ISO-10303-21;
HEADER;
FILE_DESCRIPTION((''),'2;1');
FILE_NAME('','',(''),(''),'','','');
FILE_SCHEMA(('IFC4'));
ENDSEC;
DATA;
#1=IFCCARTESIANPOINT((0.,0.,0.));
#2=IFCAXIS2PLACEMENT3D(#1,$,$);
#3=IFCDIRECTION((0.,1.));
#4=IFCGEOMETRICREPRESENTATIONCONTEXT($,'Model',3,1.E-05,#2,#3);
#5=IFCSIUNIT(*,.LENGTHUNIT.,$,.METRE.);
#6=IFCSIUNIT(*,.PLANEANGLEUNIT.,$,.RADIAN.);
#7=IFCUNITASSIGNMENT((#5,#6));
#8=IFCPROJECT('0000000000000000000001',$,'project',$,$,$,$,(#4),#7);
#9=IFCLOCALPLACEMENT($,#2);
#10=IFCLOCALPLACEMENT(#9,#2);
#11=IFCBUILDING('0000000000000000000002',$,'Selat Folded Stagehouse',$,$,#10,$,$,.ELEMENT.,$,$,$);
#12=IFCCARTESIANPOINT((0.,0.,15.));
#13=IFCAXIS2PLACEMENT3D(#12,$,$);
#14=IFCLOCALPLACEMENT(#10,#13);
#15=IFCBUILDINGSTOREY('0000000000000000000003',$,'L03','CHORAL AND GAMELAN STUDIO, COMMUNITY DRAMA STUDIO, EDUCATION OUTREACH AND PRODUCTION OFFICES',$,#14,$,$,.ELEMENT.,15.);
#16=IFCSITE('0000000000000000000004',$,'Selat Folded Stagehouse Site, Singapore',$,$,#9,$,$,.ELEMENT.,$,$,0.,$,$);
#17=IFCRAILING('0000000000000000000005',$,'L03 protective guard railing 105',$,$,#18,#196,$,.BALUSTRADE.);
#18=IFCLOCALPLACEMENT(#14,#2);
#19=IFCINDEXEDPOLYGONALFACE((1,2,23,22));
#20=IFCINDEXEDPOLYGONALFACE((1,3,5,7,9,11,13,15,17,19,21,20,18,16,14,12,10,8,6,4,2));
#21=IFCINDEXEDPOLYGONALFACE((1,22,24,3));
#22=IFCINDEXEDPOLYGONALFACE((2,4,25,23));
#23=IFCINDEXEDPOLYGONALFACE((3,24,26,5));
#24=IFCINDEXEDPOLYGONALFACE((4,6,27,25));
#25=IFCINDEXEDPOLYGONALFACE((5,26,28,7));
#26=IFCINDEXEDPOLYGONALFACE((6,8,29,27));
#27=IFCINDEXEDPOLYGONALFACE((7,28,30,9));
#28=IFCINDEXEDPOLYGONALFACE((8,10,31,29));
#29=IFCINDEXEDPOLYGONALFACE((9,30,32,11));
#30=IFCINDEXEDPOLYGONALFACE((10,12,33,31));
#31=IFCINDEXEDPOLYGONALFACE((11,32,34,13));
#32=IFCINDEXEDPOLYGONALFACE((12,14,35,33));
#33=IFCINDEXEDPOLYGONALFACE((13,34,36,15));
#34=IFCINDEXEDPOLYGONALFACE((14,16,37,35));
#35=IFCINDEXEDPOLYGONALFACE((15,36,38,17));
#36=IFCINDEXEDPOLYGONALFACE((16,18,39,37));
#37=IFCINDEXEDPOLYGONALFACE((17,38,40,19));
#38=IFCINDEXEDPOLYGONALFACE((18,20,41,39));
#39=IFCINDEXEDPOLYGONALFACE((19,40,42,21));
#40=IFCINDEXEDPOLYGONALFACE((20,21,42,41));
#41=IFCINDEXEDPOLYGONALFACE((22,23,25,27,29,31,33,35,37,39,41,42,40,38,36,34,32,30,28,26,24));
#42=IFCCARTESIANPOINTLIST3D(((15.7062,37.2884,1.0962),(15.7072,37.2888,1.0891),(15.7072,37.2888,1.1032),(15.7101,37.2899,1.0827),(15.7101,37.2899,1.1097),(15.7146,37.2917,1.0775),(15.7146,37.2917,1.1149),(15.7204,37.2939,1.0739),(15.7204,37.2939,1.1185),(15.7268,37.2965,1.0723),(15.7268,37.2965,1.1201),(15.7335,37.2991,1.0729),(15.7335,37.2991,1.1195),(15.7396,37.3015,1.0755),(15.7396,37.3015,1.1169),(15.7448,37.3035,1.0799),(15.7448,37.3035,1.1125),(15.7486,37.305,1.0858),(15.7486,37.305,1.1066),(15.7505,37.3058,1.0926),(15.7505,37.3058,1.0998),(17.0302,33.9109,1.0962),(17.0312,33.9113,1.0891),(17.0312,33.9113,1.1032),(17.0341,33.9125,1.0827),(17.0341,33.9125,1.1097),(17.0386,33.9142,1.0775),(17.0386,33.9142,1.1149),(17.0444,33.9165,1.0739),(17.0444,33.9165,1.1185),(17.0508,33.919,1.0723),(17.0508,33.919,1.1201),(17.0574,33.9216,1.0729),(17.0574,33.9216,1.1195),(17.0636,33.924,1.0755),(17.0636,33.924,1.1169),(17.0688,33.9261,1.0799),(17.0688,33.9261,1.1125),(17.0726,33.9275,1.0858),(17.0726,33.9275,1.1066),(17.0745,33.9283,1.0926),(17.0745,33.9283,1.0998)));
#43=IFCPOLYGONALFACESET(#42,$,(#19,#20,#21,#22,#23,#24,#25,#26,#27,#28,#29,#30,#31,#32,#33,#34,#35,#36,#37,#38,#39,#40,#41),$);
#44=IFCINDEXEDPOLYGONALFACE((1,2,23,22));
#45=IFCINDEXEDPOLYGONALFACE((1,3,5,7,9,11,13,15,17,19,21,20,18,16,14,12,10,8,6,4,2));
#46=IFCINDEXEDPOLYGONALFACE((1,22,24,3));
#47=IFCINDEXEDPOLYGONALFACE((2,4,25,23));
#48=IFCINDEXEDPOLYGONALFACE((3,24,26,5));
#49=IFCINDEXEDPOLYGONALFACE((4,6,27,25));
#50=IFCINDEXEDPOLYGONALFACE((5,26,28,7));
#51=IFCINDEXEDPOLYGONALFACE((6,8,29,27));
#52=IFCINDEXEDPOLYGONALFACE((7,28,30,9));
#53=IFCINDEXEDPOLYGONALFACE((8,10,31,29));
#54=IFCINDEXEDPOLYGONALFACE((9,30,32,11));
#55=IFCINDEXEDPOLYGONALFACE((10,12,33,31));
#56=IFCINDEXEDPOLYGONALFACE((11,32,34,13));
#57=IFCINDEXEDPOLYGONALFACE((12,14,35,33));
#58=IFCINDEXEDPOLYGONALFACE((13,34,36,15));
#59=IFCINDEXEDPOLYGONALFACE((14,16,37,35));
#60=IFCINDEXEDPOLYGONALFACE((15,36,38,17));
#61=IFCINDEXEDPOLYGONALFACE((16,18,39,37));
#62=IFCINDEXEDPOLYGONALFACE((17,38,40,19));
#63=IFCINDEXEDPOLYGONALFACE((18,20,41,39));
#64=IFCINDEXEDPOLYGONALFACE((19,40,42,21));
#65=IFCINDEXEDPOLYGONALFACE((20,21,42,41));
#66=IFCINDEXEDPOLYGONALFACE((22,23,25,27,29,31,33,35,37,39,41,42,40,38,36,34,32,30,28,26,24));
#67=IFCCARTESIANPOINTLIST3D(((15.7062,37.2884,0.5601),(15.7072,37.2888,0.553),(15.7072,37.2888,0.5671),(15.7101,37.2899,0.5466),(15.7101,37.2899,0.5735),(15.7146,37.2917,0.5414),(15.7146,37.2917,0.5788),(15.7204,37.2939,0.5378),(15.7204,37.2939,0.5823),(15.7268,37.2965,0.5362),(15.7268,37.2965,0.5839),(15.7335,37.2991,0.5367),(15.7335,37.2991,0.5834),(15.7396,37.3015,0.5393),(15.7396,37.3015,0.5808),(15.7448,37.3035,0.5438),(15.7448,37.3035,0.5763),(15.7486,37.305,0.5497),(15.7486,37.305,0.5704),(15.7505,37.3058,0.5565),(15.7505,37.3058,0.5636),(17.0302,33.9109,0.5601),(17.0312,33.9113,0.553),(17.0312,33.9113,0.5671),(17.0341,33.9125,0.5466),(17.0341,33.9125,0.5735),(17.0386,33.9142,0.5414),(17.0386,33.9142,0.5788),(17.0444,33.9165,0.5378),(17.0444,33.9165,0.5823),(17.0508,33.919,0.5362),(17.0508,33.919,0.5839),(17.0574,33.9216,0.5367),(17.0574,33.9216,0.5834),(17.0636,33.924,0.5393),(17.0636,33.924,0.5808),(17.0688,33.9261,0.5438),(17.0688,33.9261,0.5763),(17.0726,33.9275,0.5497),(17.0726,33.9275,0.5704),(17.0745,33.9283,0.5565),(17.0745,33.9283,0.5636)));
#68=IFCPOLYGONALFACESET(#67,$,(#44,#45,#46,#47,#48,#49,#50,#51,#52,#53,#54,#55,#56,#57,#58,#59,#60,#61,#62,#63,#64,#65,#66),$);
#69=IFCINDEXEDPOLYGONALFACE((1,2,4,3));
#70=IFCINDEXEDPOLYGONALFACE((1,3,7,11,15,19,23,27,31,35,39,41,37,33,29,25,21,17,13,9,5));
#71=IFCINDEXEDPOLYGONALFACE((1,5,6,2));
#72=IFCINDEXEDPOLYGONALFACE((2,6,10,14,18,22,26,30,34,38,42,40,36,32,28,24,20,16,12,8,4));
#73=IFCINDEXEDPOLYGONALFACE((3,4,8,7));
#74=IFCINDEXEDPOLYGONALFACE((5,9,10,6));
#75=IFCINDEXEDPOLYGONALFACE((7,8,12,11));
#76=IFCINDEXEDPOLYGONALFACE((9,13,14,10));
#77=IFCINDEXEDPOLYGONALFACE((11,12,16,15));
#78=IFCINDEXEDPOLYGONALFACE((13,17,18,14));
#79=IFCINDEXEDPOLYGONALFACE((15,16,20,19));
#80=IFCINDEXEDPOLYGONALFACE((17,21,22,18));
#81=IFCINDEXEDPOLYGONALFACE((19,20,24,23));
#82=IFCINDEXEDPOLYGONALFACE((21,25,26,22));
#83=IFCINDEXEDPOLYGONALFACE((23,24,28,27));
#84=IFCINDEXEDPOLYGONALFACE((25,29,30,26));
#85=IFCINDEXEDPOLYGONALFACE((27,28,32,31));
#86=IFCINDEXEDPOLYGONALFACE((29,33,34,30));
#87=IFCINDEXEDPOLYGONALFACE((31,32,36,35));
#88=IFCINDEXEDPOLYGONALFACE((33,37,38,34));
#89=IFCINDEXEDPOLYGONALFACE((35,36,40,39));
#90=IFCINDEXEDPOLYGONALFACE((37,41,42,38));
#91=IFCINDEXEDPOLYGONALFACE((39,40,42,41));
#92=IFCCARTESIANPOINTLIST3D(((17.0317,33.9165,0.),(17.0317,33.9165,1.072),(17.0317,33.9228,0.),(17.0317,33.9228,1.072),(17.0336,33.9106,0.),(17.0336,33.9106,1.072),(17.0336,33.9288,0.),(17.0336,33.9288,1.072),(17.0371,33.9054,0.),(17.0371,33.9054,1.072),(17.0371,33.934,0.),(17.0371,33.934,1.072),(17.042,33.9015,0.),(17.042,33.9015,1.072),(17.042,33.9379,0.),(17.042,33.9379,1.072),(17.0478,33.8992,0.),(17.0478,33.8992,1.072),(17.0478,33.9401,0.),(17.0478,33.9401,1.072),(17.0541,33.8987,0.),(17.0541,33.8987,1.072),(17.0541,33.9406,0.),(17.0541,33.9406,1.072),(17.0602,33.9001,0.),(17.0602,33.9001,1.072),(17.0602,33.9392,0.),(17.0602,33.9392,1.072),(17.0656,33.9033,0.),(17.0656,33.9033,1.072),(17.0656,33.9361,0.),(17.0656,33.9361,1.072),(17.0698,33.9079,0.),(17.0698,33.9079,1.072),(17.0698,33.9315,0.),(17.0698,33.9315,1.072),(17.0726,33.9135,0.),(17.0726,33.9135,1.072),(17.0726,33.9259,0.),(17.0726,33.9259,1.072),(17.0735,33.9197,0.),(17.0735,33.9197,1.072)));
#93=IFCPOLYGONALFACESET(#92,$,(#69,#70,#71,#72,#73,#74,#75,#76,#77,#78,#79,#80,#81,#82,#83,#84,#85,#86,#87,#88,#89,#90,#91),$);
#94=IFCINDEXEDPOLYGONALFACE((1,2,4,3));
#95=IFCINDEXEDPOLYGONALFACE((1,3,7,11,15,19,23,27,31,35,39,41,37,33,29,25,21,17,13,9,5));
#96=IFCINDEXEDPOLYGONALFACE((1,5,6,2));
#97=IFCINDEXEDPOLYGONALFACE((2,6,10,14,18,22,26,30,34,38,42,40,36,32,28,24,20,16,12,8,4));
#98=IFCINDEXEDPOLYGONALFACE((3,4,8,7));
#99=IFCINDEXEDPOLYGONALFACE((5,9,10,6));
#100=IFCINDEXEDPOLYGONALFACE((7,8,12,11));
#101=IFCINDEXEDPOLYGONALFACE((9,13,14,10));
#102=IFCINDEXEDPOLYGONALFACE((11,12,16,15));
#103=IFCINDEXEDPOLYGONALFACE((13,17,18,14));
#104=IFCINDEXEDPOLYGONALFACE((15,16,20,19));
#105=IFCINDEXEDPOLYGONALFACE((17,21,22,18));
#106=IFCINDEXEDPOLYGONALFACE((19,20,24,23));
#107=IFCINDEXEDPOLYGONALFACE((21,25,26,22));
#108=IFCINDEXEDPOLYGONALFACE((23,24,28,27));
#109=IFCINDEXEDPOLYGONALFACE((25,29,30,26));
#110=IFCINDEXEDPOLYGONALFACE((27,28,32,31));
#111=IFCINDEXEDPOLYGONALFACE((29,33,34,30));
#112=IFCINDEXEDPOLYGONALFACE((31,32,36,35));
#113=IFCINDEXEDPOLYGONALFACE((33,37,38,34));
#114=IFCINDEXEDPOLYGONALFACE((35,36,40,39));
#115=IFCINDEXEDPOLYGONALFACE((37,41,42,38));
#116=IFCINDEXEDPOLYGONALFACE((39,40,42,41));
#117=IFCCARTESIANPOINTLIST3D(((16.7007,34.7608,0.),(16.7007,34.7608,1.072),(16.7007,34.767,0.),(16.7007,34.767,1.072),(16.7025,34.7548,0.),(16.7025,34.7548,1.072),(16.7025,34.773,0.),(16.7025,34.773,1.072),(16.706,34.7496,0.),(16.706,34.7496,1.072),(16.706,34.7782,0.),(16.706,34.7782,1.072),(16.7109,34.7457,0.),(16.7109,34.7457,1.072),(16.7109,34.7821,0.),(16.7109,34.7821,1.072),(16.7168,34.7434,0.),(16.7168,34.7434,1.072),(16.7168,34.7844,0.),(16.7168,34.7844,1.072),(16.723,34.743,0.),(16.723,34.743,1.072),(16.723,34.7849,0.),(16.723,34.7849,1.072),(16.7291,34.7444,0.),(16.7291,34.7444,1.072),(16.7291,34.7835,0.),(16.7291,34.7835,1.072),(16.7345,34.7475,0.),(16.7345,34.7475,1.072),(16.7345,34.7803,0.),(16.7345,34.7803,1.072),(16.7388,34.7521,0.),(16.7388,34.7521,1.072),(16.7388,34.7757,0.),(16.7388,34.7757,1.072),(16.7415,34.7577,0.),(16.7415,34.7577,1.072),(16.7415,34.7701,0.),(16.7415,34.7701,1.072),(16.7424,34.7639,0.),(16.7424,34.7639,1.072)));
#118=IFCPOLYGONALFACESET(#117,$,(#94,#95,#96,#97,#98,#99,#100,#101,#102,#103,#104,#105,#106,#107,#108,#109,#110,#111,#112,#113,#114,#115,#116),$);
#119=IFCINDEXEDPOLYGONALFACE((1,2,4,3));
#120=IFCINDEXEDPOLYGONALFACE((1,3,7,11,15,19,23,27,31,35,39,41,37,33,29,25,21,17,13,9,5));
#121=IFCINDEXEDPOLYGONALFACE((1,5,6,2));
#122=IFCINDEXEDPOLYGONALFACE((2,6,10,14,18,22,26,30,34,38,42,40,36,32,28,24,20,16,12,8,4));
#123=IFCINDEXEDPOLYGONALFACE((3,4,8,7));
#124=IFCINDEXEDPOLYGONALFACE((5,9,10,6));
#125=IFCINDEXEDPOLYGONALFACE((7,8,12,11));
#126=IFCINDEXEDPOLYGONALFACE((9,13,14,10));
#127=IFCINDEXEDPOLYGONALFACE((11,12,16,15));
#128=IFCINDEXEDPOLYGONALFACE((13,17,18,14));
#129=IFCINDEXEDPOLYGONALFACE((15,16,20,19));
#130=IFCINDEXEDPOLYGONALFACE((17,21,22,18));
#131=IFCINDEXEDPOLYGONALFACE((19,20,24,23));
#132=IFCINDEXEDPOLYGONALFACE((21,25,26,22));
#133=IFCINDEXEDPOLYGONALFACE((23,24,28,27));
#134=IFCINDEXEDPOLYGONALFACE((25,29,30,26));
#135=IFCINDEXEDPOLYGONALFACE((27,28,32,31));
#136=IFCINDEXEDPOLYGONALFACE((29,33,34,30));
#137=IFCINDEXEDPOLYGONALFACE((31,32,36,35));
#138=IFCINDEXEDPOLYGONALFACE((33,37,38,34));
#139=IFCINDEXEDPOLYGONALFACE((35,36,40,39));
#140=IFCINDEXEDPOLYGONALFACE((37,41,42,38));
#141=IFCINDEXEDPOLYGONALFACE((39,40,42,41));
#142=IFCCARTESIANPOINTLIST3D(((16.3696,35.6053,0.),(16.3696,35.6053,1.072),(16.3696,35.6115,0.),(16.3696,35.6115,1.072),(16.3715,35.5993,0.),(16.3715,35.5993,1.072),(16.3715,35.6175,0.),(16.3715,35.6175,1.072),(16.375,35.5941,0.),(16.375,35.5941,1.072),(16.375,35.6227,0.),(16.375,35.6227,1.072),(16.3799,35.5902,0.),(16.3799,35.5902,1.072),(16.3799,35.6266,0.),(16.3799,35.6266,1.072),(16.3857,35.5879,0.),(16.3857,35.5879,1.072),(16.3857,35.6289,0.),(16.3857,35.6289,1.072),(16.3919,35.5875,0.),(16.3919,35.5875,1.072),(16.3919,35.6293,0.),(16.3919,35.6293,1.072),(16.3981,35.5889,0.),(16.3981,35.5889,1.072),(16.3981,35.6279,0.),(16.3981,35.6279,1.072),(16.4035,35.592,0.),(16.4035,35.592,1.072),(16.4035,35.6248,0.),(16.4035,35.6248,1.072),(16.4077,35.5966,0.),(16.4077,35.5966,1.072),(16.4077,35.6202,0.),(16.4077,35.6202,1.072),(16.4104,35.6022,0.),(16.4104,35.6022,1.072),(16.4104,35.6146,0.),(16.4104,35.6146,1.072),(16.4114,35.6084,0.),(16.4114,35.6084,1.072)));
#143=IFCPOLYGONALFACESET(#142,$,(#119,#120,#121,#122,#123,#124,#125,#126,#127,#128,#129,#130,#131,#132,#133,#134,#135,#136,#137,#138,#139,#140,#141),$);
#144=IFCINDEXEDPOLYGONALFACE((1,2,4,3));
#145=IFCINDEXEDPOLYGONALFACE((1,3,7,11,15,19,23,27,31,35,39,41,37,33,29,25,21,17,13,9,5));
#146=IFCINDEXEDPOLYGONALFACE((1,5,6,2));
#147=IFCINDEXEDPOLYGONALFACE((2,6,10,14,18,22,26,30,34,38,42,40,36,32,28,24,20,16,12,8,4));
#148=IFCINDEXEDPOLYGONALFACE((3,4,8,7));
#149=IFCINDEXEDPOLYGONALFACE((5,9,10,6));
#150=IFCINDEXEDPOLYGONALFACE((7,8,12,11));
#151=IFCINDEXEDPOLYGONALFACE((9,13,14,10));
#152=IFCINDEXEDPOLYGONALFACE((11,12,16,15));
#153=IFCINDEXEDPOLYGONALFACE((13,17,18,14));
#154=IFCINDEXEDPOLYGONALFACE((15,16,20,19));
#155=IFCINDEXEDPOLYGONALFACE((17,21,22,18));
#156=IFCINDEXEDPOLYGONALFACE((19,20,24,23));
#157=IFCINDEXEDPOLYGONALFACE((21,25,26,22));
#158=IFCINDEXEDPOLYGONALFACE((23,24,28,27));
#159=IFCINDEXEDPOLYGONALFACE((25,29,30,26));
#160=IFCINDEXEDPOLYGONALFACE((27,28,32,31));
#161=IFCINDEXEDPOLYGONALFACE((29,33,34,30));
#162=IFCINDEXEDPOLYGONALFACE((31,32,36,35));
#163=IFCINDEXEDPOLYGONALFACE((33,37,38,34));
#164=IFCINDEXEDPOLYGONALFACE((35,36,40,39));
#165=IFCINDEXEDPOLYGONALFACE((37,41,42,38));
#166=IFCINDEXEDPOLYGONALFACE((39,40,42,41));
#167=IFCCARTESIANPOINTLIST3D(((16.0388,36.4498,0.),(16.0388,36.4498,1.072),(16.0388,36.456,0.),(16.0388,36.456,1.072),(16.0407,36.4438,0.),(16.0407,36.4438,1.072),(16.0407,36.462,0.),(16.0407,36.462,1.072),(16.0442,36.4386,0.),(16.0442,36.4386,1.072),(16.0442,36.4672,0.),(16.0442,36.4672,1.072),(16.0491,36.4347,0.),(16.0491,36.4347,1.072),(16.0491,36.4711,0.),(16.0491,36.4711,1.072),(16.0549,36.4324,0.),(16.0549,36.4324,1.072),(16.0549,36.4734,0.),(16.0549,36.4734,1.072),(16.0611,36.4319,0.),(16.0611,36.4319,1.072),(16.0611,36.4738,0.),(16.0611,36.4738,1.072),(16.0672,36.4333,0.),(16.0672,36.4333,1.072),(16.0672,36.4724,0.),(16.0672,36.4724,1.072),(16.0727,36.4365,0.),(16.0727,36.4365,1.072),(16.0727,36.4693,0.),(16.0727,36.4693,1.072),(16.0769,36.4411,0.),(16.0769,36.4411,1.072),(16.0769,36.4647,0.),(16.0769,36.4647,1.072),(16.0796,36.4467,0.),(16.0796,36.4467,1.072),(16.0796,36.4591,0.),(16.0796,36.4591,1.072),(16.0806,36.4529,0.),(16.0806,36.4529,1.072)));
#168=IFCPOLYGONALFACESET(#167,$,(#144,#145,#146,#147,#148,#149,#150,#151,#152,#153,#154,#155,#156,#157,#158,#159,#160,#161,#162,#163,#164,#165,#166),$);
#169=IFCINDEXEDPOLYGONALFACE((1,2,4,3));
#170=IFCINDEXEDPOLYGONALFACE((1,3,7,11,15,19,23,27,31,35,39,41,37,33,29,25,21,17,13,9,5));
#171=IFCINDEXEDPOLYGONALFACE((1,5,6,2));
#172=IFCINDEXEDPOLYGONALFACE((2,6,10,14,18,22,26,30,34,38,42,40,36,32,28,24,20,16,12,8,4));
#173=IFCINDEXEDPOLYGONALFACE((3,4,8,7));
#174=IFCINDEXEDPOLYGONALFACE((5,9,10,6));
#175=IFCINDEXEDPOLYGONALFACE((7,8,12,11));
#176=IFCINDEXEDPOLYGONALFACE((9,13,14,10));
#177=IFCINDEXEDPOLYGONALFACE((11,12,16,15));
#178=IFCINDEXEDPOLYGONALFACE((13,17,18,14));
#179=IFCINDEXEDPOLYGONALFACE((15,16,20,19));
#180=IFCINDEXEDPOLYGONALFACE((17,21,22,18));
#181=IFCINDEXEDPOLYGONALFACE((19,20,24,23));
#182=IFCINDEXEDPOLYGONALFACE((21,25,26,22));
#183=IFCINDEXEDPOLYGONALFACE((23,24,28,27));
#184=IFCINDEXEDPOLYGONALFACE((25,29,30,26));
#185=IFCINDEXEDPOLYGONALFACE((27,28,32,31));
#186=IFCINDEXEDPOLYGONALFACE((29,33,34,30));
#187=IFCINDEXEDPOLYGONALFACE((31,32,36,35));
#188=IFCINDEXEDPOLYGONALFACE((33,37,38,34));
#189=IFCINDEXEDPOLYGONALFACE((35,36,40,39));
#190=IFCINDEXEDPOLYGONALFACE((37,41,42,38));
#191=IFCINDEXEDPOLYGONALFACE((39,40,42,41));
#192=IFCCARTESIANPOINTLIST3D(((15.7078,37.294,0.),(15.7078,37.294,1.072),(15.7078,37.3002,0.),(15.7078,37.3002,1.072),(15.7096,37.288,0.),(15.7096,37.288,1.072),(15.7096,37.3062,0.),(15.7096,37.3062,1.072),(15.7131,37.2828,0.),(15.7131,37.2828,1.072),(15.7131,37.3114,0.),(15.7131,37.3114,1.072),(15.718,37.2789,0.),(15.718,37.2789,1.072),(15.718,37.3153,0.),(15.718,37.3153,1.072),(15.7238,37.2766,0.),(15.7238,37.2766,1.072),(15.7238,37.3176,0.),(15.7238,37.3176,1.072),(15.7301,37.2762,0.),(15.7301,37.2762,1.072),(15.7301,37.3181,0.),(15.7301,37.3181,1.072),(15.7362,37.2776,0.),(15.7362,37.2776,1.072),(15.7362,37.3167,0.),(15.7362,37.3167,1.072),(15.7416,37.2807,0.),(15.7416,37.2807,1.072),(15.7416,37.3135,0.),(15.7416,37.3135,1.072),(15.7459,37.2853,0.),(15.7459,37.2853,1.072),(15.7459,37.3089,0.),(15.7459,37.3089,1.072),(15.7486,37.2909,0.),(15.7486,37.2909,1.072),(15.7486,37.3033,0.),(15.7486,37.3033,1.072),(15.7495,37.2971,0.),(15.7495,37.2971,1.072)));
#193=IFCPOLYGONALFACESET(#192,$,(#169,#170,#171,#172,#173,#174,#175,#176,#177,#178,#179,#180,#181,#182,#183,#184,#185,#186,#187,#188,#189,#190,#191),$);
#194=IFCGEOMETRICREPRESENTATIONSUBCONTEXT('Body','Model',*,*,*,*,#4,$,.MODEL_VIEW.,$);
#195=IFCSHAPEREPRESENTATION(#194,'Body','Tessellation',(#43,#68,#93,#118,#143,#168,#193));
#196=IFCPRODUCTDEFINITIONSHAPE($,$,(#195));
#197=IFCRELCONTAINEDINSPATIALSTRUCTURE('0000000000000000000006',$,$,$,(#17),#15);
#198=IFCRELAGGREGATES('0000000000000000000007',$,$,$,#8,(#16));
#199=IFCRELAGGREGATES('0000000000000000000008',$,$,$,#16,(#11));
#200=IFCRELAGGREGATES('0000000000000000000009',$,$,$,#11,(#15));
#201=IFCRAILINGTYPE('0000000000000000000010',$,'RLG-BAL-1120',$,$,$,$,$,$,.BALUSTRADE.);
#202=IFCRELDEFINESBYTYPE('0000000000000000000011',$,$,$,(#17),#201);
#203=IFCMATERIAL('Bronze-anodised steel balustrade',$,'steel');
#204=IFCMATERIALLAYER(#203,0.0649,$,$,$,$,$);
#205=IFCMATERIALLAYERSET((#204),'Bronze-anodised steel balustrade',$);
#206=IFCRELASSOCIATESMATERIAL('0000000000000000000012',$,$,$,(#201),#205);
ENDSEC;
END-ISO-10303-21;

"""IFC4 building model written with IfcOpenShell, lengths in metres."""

from ifc_helpers import new_model, si_unit, direction, frame, origin, origin_2d, place, context, subcontext, project, spatial, circle, extrude, material, layer, layer_set, type_object, element, save


model = new_model("IFC4")

# Units and contexts
model_context = context("Model", 3, precision=1e-05, world=origin(), true_north=direction((0.0, 1.0)))
body_context = subcontext(model_context, "Body", "Model", "MODEL_VIEW")
ifc_project = project(units=[si_unit("LENGTHUNIT", "METRE"), si_unit("PLANEANGLEUNIT", "RADIAN")], contexts=[model_context])

# Site, building, storey
site_placement = place(None, origin())
site = spatial("IfcSite", under=ifc_project, at=site_placement, Name="Selat Folded Stagehouse Site, Singapore", CompositionType="ELEMENT", RefElevation=0.0)
building_placement = place(site_placement, origin())
building = spatial("IfcBuilding", under=site, at=building_placement, Name="Selat Folded Stagehouse", CompositionType="ELEMENT")
storey_placement = place(building_placement, frame((0.0, 0.0, 15.0)))
storey = spatial("IfcBuildingStorey", under=building, at=storey_placement, Name="L03", Description="CHORAL AND GAMELAN STUDIO, COMMUNITY DRAMA STUDIO, EDUCATION OUTREACH AND PRODUCTION OFFICES", CompositionType="ELEMENT", Elevation=15.0)

# Railing
ifc_material_1 = material(Name="Bronze-anodised steel balustrade", Category="steel")
ifc_layer_1 = layer(ifc_material_1, 0.0649)
ifc_layer_set_1 = layer_set([ifc_layer_1], Name="Bronze-anodised steel balustrade")
railing_type = type_object("IfcRailingType", Name="RLG-BAL-1120", PredefinedType="BALUSTRADE", material=ifc_layer_set_1)
railing_1_placement = place(storey_placement, frame((17.0525, 33.9197, 0.0)))
element("IfcRailing", 1, at=railing_1_placement, inside=storey, type_object=railing_type, Name="L03 protective guard railing 105", PredefinedType="BALUSTRADE", context=body_context, shape_type="SweptSolid", body=[
    extrude(circle(Radius=0.0239, at=origin_2d()), frame((0.0, 0.0, 1.0962), z_axis=(-0.364965, 0.931021, 0.0), x_axis=(-0.931021, -0.364965, 0.0)), (0.0, 0.0, 1.0), 3.6277),
    extrude(circle(Radius=0.0239, at=origin_2d()), frame((0.0, 0.0, 0.5601), z_axis=(-0.364965, 0.931021, 0.0), x_axis=(-0.931021, -0.364965, 0.0)), (0.0, 0.0, 1.0), 3.6277),
    extrude(circle(Radius=0.021, at=origin_2d()), origin(), (0.0, 0.0, 1.0), 1.072),
    extrude(circle(Radius=0.021, at=origin_2d()), frame((-0.3311, 0.8442, 0.0)), (0.0, 0.0, 1.0), 1.072),
    extrude(circle(Radius=0.021, at=origin_2d()), frame((-0.6621, 1.6887, 0.0)), (0.0, 0.0, 1.0), 1.072),
    extrude(circle(Radius=0.021, at=origin_2d()), frame((-0.9929, 2.5332, 0.0)), (0.0, 0.0, 1.0), 1.072),
    extrude(circle(Radius=0.021, at=origin_2d()), frame((-1.324, 3.3774, 0.0)), (0.0, 0.0, 1.0), 1.072),
])

save(model, "model.ifc")
